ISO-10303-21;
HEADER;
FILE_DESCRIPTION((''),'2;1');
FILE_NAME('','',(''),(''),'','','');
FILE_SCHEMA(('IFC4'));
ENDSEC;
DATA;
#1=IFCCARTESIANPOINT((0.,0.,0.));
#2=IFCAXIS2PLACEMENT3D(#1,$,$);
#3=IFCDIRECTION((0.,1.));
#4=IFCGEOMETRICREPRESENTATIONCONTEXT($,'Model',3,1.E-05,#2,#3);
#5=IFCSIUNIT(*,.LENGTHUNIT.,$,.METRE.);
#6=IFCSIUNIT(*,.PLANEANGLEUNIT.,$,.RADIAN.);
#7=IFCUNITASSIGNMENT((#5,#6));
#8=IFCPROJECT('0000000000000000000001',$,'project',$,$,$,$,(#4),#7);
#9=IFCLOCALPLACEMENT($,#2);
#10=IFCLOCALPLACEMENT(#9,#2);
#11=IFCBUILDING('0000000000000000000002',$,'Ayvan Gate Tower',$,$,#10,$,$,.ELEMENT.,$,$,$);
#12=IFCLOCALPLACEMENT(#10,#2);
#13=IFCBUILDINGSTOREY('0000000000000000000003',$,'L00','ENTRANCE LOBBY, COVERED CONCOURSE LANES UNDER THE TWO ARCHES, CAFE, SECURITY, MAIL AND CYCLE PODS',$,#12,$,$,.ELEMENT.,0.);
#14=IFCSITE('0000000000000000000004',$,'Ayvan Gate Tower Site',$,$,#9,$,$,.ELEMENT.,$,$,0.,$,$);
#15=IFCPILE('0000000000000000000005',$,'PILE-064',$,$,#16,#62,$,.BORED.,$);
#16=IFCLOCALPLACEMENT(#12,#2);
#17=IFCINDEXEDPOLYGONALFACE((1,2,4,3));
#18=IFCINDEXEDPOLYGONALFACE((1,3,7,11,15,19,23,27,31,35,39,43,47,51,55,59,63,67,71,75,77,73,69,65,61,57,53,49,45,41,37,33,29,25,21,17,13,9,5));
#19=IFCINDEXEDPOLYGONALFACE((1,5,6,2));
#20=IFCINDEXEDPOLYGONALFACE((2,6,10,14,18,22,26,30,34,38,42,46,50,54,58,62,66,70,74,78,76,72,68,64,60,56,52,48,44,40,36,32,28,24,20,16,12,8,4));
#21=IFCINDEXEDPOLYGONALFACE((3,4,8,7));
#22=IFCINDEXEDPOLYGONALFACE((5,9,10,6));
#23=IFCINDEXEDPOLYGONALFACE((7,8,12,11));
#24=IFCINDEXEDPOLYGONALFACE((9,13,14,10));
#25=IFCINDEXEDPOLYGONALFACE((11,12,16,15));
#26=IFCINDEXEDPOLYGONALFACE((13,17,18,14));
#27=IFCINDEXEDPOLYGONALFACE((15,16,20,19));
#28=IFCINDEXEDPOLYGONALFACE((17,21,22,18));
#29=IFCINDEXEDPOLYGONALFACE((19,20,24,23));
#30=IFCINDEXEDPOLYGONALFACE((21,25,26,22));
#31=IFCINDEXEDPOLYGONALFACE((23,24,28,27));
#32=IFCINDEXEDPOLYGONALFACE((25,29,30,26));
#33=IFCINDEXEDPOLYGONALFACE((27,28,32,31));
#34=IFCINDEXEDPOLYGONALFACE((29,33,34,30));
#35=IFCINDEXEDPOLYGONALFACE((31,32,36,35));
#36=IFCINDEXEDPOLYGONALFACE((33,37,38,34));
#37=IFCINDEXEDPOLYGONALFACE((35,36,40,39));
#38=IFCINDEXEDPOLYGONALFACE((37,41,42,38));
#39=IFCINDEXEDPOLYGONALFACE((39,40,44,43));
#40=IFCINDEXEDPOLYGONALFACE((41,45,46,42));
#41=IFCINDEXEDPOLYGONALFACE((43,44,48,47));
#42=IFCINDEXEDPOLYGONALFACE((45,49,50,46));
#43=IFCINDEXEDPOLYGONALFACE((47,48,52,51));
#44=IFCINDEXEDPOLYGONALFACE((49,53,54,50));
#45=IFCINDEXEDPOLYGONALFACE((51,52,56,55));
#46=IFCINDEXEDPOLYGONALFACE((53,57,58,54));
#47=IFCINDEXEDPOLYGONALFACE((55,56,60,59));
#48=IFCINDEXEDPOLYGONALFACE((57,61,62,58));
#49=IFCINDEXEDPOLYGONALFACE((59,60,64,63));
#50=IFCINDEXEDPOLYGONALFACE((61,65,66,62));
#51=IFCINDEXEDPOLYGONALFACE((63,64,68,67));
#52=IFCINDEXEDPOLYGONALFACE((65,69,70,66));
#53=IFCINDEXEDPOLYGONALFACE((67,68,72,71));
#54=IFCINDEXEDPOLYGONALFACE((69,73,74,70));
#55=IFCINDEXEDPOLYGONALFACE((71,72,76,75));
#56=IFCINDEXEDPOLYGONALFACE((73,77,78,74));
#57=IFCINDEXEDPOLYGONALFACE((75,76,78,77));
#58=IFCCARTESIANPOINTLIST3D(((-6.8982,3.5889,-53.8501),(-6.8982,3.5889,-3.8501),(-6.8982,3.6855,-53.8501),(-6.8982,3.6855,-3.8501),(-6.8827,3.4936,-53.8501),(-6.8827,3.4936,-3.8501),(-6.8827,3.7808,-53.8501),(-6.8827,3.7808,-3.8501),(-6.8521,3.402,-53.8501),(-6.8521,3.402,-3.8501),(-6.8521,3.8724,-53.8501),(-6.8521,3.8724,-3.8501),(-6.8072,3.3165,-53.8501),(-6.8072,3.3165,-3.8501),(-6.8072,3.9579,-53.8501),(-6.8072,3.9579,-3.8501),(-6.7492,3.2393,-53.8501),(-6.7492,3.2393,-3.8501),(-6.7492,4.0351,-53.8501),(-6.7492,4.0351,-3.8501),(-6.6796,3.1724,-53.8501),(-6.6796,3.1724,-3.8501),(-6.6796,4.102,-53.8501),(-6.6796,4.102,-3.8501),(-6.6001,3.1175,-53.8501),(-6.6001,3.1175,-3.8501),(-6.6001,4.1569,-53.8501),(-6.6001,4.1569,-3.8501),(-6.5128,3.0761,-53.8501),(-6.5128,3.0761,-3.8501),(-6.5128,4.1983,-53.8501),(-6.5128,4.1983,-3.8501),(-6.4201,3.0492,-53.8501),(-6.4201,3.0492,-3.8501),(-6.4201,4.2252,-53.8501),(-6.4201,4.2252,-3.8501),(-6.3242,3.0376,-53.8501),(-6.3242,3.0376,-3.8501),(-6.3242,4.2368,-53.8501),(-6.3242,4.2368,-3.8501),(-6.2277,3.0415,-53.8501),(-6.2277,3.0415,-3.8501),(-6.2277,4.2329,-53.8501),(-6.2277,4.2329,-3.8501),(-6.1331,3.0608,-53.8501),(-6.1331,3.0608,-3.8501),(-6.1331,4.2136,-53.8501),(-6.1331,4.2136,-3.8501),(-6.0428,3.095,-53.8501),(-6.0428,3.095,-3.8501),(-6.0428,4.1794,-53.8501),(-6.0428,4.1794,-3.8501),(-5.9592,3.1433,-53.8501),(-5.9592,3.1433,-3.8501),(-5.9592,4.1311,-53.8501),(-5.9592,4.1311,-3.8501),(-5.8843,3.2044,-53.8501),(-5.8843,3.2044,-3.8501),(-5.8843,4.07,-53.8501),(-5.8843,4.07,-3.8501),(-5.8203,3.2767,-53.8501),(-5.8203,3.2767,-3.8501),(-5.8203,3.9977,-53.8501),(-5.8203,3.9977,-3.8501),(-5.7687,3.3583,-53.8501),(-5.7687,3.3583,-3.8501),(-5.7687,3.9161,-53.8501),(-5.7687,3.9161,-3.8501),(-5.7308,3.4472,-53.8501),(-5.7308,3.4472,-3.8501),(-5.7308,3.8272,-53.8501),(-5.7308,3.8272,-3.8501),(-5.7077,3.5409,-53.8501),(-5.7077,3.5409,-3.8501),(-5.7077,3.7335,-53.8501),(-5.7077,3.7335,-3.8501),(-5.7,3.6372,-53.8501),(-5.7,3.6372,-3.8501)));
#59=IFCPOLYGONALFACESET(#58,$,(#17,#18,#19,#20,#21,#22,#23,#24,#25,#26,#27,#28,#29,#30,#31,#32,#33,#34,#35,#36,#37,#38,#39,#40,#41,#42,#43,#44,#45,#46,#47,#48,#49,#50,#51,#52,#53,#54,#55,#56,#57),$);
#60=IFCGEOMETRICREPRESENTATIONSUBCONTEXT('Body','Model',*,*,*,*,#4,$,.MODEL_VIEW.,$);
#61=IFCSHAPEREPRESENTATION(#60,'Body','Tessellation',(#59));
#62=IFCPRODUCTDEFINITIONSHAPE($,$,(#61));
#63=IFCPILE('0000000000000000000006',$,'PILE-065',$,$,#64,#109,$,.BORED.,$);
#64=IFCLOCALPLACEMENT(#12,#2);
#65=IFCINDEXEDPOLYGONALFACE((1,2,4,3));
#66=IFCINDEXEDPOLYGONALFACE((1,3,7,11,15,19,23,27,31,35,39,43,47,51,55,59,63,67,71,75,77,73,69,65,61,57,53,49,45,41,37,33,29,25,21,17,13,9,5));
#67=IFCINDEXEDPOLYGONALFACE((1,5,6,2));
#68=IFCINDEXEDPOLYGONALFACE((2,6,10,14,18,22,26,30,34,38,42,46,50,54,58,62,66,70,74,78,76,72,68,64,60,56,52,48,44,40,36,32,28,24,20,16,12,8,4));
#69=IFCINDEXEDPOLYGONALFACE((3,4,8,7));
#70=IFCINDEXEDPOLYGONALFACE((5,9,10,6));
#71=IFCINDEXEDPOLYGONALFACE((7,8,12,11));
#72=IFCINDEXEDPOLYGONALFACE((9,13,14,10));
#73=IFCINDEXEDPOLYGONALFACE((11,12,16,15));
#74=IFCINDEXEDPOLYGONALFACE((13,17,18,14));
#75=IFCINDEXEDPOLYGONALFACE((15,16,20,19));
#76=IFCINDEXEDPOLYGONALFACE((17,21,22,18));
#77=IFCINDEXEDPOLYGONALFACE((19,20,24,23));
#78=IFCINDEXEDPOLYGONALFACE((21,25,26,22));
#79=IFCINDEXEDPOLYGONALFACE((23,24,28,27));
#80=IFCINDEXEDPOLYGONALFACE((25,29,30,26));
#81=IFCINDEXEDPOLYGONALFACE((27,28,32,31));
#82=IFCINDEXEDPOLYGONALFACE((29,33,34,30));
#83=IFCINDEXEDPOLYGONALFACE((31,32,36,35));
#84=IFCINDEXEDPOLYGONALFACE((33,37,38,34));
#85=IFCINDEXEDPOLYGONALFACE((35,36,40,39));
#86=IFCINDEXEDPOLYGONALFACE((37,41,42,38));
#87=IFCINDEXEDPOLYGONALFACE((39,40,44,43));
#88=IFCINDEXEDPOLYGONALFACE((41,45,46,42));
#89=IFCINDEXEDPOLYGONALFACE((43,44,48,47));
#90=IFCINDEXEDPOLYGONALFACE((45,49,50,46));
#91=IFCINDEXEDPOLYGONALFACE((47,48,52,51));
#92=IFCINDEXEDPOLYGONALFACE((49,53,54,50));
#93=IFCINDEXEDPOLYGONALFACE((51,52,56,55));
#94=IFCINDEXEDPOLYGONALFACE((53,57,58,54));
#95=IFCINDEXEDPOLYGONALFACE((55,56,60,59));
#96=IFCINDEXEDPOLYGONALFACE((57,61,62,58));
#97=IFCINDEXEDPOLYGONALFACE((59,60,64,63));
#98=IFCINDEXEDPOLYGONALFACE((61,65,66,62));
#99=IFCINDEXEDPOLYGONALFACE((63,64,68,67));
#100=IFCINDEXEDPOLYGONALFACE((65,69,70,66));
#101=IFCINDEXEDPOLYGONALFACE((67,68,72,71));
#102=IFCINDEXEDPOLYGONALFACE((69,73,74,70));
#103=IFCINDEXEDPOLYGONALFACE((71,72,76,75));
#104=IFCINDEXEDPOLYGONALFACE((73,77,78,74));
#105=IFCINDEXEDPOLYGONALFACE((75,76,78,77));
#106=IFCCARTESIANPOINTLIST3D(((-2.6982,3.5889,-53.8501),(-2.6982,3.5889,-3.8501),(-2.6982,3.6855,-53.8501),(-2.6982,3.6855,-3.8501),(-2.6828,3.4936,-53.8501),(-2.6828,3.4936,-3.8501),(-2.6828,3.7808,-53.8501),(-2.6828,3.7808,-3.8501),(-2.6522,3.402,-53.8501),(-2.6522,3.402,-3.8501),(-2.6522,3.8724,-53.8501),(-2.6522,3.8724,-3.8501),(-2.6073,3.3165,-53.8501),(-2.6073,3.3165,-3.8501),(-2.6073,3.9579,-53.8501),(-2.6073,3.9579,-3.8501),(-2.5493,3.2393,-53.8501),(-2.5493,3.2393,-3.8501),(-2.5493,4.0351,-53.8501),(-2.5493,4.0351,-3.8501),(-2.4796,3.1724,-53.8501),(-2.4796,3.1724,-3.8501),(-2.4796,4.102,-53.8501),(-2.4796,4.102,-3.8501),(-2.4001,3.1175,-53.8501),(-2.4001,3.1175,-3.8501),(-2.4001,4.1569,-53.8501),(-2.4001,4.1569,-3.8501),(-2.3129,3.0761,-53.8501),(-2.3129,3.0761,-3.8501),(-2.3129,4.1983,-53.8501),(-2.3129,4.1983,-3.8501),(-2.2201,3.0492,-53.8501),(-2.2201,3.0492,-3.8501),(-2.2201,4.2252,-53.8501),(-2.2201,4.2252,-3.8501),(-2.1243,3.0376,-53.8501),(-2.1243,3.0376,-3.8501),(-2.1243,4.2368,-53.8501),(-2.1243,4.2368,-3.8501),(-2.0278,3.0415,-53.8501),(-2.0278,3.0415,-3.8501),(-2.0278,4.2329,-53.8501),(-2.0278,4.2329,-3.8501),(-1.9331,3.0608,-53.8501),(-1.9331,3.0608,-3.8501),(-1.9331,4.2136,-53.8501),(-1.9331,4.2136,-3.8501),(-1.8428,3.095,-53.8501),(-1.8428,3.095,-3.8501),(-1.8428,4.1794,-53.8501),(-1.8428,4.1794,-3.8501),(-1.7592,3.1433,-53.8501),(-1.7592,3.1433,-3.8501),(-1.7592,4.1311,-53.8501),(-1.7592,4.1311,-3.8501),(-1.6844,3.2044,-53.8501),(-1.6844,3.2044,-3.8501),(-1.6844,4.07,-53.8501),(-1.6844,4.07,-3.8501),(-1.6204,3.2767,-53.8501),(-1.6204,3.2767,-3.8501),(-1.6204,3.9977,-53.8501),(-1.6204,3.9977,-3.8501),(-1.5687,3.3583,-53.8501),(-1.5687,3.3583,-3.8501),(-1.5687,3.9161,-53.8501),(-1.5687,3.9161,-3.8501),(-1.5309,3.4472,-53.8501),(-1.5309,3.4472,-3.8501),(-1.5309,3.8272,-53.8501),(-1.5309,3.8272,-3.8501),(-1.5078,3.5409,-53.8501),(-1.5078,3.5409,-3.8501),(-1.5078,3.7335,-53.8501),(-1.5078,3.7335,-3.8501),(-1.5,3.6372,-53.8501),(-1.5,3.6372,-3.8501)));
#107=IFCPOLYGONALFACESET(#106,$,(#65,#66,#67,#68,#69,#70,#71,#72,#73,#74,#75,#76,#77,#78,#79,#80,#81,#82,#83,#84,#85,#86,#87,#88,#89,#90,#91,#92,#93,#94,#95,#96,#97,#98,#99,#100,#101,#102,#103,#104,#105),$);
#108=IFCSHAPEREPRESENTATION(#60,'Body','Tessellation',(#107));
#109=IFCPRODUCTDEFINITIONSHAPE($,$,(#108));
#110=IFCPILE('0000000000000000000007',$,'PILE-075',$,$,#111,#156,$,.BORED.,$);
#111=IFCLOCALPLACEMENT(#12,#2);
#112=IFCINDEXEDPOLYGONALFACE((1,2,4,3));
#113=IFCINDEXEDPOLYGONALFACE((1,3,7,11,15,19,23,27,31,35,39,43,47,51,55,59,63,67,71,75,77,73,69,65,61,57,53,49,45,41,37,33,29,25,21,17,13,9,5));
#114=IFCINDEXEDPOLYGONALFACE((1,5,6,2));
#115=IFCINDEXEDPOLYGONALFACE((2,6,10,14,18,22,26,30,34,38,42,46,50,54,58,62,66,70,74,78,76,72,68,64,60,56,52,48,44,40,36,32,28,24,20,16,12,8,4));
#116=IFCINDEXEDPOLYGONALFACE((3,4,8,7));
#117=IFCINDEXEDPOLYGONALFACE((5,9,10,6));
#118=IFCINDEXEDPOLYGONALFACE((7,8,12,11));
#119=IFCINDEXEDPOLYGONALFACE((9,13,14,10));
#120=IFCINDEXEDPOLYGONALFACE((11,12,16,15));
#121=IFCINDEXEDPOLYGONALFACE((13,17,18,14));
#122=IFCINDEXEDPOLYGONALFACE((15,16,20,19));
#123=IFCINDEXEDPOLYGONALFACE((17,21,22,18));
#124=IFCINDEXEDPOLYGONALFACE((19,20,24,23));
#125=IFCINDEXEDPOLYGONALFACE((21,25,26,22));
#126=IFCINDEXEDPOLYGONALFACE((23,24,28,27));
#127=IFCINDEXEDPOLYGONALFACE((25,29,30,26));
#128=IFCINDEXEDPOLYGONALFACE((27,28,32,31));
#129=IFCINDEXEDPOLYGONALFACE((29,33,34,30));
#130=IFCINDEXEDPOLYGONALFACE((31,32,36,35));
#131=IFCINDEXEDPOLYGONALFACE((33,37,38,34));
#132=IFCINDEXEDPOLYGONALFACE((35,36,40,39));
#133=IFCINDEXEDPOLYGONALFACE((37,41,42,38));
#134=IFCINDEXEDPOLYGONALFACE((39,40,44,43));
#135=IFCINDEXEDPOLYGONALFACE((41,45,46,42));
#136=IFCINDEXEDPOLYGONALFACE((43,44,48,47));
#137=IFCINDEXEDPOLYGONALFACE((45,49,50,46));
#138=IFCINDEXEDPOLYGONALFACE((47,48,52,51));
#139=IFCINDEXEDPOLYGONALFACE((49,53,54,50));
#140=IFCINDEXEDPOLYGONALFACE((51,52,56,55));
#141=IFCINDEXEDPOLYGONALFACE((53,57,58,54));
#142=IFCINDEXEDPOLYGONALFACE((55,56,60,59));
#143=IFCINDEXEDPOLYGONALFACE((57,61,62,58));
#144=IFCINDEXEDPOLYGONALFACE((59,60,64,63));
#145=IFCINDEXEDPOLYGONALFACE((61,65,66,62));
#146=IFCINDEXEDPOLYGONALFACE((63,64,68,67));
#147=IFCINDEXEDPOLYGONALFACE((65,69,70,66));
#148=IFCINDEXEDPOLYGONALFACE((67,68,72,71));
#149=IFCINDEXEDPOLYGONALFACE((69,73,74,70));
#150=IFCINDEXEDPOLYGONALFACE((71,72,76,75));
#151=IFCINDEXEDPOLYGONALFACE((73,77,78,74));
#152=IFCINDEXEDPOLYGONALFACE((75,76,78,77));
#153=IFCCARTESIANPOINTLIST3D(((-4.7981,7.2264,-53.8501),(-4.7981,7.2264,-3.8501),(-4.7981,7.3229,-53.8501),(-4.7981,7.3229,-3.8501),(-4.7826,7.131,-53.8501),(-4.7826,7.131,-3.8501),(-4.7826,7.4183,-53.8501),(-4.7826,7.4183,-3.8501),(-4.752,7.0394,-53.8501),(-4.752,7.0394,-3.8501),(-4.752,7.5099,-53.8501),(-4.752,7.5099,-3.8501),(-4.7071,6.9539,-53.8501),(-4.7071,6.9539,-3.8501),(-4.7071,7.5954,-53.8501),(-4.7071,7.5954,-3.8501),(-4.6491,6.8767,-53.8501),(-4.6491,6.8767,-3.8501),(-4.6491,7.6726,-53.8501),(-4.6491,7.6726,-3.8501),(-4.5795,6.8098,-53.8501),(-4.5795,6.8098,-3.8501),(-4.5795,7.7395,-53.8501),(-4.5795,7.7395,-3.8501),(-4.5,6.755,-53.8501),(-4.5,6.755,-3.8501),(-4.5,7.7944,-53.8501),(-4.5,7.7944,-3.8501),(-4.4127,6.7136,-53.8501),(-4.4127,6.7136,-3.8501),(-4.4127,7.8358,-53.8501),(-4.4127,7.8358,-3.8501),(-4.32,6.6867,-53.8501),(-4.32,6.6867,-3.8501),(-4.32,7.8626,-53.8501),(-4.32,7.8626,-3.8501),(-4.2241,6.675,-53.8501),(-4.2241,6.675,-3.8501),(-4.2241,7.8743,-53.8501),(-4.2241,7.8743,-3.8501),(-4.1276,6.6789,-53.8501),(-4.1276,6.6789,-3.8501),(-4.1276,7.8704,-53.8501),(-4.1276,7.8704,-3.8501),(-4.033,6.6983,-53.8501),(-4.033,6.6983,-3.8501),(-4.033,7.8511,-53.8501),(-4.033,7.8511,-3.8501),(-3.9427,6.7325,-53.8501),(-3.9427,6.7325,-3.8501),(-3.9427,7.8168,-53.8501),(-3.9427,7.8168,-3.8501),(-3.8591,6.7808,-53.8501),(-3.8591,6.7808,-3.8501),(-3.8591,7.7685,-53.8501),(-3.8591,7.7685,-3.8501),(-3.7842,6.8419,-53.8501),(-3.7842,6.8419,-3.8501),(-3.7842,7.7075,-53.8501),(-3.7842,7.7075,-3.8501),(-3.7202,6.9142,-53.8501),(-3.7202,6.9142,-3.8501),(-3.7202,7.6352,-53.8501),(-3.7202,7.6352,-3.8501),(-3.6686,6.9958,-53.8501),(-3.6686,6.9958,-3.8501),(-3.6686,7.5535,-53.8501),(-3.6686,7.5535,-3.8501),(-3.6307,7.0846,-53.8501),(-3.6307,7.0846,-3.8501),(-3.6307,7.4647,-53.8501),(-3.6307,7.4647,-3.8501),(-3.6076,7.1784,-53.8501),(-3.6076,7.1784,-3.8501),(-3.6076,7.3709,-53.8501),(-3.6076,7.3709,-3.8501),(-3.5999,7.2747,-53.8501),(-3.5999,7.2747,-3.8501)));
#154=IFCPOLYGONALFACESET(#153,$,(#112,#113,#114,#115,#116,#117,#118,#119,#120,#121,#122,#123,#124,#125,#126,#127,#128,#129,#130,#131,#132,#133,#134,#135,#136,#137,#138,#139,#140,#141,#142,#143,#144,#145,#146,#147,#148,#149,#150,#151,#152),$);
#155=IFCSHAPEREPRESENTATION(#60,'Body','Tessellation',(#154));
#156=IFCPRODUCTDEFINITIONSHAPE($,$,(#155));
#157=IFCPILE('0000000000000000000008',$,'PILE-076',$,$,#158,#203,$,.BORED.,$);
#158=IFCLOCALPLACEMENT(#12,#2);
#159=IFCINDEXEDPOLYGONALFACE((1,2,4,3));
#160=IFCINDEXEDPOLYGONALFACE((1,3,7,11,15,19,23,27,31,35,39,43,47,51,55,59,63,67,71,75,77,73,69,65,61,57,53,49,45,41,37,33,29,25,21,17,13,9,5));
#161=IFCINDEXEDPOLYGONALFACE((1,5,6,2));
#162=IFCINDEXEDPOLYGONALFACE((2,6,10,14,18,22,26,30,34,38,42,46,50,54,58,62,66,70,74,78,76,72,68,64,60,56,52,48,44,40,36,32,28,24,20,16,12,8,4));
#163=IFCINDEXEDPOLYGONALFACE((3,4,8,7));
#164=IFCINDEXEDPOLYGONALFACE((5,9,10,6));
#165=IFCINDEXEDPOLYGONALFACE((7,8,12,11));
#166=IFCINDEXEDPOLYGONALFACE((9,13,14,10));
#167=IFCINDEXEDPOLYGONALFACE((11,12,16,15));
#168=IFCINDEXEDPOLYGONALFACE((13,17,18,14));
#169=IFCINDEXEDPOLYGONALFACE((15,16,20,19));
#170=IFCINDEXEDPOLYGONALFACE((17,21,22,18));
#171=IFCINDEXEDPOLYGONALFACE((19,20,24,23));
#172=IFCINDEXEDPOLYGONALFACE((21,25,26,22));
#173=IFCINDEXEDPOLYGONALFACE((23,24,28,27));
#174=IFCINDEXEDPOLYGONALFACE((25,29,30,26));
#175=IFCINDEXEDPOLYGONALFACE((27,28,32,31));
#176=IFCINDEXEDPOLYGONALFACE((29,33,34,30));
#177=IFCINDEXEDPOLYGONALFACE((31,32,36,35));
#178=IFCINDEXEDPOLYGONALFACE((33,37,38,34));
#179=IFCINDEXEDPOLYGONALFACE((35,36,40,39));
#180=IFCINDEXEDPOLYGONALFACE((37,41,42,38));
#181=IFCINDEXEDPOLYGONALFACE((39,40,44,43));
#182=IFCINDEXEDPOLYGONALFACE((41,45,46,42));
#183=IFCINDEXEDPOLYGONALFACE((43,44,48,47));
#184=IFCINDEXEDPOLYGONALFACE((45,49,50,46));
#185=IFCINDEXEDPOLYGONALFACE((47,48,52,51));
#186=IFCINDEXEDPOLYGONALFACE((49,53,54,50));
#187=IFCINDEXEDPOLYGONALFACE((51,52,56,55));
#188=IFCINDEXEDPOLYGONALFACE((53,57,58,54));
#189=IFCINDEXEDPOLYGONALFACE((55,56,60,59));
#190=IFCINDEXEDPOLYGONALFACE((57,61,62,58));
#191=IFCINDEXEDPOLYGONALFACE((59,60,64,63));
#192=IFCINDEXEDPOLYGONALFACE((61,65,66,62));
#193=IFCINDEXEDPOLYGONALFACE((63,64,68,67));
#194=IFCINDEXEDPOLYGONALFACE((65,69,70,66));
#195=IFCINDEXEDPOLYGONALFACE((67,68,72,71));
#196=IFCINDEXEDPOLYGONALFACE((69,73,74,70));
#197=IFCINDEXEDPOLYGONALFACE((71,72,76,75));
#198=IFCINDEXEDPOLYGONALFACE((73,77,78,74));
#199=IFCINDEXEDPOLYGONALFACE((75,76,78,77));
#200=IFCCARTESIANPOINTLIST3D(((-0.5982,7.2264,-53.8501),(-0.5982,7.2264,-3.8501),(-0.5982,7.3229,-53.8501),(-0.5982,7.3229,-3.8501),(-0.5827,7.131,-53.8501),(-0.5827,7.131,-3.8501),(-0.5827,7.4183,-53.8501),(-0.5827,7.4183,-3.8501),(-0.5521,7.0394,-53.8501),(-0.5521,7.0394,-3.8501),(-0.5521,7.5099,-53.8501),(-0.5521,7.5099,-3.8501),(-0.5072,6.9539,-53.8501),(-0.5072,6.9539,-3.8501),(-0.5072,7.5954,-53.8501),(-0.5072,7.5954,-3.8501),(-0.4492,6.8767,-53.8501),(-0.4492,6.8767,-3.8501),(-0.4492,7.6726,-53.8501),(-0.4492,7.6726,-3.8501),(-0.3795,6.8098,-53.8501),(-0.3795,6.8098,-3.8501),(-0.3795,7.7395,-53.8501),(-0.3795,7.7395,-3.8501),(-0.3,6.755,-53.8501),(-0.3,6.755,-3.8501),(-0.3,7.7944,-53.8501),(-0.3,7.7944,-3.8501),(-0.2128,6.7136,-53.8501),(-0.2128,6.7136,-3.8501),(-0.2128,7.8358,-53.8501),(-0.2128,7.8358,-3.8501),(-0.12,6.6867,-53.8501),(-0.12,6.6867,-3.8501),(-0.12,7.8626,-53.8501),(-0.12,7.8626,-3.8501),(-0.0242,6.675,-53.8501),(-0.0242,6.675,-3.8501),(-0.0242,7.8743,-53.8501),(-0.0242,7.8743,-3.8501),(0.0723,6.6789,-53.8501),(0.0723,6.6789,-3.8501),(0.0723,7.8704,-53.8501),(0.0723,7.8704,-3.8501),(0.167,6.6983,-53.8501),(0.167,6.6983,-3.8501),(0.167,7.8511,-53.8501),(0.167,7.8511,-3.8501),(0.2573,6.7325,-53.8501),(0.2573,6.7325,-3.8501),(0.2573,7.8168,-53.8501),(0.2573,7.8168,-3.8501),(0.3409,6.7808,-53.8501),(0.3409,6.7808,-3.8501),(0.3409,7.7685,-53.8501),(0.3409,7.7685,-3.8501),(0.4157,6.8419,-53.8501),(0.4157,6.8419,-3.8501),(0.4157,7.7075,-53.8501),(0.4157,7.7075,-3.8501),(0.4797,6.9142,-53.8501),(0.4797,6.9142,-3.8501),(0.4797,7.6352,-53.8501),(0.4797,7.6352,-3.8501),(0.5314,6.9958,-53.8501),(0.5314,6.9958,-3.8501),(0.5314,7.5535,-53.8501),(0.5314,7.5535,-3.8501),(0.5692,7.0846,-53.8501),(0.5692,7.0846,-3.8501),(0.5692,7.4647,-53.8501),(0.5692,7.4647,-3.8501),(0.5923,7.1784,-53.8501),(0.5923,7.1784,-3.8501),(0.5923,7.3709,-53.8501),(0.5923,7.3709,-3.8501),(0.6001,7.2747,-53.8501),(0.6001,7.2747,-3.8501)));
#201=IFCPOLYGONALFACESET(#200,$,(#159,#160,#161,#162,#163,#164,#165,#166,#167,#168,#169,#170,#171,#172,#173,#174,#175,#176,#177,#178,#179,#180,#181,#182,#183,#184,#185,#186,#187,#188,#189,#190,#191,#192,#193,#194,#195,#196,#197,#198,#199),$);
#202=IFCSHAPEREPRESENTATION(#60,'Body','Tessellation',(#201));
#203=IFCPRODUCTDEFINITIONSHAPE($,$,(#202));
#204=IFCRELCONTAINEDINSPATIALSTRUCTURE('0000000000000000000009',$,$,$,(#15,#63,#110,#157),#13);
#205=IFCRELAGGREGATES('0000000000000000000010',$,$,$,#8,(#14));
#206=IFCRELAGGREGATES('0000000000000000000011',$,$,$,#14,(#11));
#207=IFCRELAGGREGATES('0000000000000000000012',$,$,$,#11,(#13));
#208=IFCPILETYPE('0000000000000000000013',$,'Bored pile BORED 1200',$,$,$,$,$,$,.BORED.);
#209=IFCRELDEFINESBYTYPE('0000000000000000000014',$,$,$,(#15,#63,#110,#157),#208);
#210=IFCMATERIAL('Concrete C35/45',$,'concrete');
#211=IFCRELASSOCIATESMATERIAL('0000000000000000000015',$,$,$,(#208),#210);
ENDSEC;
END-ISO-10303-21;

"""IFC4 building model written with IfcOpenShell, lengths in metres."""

from ifc_helpers import new_model, si_unit, direction, frame, origin, origin_2d, place, context, subcontext, project, spatial, circle, extrude, material, material_profile, profile_set, type_object, element, save


model = new_model("IFC4")

# Units and contexts
model_context = context("Model", 3, precision=1e-05, world=origin(), true_north=direction((0.0, 1.0)))
body_context = subcontext(model_context, "Body", "Model", "MODEL_VIEW")
ifc_project = project(units=[si_unit("LENGTHUNIT", "METRE"), si_unit("PLANEANGLEUNIT", "RADIAN")], contexts=[model_context])

# Site, building, storey
site_placement = place(None, origin())
site = spatial("IfcSite", under=ifc_project, at=site_placement, Name="Ayvan Gate Tower Site", CompositionType="ELEMENT", RefElevation=0.0)
building_placement = place(site_placement, origin())
building = spatial("IfcBuilding", under=site, at=building_placement, Name="Ayvan Gate Tower", CompositionType="ELEMENT")
storey_placement = place(building_placement, origin())
storey = spatial("IfcBuildingStorey", under=building, at=storey_placement, Name="L00", Description="ENTRANCE LOBBY, COVERED CONCOURSE LANES UNDER THE TWO ARCHES, CAFE, SECURITY, MAIL AND CYCLE PODS", CompositionType="ELEMENT", Elevation=0.0)

# Piles
ifc_material_1 = material(Name="Concrete C35/45", Category="concrete")
ifc_material_profile_1 = material_profile(ifc_material_1, circle(Radius=0.6001, at=origin_2d()), Name="BORED 1200")
ifc_profile_set_1 = profile_set([ifc_material_profile_1], Name="Concrete C35/45")
pile_type = type_object("IfcPileType", Name="Bored pile BORED 1200", PredefinedType="BORED", material=ifc_profile_set_1)
for number, where, z_axis, x_axis, name in (
    (1, (-6.3, 3.6372, -3.8501), (0.0, 0.0, -1.0), (1.0, 0.0, 0.0), "PILE-064"),
    (2, (-2.1001, 3.6372, -3.8501), (0.0, 0.0, -1.0), (1.0, 0.0, 0.0), "PILE-065"),
    (3, (-4.2, 7.2747, -3.8501), (0.0, 0.0, -1.0), (1.0, 0.0, 0.0), "PILE-075"),
    (4, (0.0, 7.2747, -3.8501), (0.0, 0.0, -1.0), (1.0, 0.0, 0.0), "PILE-076"),
):
    element("IfcPile", number, at=place(storey_placement, frame(where, z_axis=z_axis, x_axis=x_axis)), inside=storey, type_object=pile_type, Name=name, PredefinedType="BORED", context=body_context, shape_type="SweptSolid", body=[
        extrude(circle(Radius=0.6001, at=origin_2d()), origin(), (0.0, 0.0, 1.0), 50.0),
    ])

save(model, "model.ifc")
